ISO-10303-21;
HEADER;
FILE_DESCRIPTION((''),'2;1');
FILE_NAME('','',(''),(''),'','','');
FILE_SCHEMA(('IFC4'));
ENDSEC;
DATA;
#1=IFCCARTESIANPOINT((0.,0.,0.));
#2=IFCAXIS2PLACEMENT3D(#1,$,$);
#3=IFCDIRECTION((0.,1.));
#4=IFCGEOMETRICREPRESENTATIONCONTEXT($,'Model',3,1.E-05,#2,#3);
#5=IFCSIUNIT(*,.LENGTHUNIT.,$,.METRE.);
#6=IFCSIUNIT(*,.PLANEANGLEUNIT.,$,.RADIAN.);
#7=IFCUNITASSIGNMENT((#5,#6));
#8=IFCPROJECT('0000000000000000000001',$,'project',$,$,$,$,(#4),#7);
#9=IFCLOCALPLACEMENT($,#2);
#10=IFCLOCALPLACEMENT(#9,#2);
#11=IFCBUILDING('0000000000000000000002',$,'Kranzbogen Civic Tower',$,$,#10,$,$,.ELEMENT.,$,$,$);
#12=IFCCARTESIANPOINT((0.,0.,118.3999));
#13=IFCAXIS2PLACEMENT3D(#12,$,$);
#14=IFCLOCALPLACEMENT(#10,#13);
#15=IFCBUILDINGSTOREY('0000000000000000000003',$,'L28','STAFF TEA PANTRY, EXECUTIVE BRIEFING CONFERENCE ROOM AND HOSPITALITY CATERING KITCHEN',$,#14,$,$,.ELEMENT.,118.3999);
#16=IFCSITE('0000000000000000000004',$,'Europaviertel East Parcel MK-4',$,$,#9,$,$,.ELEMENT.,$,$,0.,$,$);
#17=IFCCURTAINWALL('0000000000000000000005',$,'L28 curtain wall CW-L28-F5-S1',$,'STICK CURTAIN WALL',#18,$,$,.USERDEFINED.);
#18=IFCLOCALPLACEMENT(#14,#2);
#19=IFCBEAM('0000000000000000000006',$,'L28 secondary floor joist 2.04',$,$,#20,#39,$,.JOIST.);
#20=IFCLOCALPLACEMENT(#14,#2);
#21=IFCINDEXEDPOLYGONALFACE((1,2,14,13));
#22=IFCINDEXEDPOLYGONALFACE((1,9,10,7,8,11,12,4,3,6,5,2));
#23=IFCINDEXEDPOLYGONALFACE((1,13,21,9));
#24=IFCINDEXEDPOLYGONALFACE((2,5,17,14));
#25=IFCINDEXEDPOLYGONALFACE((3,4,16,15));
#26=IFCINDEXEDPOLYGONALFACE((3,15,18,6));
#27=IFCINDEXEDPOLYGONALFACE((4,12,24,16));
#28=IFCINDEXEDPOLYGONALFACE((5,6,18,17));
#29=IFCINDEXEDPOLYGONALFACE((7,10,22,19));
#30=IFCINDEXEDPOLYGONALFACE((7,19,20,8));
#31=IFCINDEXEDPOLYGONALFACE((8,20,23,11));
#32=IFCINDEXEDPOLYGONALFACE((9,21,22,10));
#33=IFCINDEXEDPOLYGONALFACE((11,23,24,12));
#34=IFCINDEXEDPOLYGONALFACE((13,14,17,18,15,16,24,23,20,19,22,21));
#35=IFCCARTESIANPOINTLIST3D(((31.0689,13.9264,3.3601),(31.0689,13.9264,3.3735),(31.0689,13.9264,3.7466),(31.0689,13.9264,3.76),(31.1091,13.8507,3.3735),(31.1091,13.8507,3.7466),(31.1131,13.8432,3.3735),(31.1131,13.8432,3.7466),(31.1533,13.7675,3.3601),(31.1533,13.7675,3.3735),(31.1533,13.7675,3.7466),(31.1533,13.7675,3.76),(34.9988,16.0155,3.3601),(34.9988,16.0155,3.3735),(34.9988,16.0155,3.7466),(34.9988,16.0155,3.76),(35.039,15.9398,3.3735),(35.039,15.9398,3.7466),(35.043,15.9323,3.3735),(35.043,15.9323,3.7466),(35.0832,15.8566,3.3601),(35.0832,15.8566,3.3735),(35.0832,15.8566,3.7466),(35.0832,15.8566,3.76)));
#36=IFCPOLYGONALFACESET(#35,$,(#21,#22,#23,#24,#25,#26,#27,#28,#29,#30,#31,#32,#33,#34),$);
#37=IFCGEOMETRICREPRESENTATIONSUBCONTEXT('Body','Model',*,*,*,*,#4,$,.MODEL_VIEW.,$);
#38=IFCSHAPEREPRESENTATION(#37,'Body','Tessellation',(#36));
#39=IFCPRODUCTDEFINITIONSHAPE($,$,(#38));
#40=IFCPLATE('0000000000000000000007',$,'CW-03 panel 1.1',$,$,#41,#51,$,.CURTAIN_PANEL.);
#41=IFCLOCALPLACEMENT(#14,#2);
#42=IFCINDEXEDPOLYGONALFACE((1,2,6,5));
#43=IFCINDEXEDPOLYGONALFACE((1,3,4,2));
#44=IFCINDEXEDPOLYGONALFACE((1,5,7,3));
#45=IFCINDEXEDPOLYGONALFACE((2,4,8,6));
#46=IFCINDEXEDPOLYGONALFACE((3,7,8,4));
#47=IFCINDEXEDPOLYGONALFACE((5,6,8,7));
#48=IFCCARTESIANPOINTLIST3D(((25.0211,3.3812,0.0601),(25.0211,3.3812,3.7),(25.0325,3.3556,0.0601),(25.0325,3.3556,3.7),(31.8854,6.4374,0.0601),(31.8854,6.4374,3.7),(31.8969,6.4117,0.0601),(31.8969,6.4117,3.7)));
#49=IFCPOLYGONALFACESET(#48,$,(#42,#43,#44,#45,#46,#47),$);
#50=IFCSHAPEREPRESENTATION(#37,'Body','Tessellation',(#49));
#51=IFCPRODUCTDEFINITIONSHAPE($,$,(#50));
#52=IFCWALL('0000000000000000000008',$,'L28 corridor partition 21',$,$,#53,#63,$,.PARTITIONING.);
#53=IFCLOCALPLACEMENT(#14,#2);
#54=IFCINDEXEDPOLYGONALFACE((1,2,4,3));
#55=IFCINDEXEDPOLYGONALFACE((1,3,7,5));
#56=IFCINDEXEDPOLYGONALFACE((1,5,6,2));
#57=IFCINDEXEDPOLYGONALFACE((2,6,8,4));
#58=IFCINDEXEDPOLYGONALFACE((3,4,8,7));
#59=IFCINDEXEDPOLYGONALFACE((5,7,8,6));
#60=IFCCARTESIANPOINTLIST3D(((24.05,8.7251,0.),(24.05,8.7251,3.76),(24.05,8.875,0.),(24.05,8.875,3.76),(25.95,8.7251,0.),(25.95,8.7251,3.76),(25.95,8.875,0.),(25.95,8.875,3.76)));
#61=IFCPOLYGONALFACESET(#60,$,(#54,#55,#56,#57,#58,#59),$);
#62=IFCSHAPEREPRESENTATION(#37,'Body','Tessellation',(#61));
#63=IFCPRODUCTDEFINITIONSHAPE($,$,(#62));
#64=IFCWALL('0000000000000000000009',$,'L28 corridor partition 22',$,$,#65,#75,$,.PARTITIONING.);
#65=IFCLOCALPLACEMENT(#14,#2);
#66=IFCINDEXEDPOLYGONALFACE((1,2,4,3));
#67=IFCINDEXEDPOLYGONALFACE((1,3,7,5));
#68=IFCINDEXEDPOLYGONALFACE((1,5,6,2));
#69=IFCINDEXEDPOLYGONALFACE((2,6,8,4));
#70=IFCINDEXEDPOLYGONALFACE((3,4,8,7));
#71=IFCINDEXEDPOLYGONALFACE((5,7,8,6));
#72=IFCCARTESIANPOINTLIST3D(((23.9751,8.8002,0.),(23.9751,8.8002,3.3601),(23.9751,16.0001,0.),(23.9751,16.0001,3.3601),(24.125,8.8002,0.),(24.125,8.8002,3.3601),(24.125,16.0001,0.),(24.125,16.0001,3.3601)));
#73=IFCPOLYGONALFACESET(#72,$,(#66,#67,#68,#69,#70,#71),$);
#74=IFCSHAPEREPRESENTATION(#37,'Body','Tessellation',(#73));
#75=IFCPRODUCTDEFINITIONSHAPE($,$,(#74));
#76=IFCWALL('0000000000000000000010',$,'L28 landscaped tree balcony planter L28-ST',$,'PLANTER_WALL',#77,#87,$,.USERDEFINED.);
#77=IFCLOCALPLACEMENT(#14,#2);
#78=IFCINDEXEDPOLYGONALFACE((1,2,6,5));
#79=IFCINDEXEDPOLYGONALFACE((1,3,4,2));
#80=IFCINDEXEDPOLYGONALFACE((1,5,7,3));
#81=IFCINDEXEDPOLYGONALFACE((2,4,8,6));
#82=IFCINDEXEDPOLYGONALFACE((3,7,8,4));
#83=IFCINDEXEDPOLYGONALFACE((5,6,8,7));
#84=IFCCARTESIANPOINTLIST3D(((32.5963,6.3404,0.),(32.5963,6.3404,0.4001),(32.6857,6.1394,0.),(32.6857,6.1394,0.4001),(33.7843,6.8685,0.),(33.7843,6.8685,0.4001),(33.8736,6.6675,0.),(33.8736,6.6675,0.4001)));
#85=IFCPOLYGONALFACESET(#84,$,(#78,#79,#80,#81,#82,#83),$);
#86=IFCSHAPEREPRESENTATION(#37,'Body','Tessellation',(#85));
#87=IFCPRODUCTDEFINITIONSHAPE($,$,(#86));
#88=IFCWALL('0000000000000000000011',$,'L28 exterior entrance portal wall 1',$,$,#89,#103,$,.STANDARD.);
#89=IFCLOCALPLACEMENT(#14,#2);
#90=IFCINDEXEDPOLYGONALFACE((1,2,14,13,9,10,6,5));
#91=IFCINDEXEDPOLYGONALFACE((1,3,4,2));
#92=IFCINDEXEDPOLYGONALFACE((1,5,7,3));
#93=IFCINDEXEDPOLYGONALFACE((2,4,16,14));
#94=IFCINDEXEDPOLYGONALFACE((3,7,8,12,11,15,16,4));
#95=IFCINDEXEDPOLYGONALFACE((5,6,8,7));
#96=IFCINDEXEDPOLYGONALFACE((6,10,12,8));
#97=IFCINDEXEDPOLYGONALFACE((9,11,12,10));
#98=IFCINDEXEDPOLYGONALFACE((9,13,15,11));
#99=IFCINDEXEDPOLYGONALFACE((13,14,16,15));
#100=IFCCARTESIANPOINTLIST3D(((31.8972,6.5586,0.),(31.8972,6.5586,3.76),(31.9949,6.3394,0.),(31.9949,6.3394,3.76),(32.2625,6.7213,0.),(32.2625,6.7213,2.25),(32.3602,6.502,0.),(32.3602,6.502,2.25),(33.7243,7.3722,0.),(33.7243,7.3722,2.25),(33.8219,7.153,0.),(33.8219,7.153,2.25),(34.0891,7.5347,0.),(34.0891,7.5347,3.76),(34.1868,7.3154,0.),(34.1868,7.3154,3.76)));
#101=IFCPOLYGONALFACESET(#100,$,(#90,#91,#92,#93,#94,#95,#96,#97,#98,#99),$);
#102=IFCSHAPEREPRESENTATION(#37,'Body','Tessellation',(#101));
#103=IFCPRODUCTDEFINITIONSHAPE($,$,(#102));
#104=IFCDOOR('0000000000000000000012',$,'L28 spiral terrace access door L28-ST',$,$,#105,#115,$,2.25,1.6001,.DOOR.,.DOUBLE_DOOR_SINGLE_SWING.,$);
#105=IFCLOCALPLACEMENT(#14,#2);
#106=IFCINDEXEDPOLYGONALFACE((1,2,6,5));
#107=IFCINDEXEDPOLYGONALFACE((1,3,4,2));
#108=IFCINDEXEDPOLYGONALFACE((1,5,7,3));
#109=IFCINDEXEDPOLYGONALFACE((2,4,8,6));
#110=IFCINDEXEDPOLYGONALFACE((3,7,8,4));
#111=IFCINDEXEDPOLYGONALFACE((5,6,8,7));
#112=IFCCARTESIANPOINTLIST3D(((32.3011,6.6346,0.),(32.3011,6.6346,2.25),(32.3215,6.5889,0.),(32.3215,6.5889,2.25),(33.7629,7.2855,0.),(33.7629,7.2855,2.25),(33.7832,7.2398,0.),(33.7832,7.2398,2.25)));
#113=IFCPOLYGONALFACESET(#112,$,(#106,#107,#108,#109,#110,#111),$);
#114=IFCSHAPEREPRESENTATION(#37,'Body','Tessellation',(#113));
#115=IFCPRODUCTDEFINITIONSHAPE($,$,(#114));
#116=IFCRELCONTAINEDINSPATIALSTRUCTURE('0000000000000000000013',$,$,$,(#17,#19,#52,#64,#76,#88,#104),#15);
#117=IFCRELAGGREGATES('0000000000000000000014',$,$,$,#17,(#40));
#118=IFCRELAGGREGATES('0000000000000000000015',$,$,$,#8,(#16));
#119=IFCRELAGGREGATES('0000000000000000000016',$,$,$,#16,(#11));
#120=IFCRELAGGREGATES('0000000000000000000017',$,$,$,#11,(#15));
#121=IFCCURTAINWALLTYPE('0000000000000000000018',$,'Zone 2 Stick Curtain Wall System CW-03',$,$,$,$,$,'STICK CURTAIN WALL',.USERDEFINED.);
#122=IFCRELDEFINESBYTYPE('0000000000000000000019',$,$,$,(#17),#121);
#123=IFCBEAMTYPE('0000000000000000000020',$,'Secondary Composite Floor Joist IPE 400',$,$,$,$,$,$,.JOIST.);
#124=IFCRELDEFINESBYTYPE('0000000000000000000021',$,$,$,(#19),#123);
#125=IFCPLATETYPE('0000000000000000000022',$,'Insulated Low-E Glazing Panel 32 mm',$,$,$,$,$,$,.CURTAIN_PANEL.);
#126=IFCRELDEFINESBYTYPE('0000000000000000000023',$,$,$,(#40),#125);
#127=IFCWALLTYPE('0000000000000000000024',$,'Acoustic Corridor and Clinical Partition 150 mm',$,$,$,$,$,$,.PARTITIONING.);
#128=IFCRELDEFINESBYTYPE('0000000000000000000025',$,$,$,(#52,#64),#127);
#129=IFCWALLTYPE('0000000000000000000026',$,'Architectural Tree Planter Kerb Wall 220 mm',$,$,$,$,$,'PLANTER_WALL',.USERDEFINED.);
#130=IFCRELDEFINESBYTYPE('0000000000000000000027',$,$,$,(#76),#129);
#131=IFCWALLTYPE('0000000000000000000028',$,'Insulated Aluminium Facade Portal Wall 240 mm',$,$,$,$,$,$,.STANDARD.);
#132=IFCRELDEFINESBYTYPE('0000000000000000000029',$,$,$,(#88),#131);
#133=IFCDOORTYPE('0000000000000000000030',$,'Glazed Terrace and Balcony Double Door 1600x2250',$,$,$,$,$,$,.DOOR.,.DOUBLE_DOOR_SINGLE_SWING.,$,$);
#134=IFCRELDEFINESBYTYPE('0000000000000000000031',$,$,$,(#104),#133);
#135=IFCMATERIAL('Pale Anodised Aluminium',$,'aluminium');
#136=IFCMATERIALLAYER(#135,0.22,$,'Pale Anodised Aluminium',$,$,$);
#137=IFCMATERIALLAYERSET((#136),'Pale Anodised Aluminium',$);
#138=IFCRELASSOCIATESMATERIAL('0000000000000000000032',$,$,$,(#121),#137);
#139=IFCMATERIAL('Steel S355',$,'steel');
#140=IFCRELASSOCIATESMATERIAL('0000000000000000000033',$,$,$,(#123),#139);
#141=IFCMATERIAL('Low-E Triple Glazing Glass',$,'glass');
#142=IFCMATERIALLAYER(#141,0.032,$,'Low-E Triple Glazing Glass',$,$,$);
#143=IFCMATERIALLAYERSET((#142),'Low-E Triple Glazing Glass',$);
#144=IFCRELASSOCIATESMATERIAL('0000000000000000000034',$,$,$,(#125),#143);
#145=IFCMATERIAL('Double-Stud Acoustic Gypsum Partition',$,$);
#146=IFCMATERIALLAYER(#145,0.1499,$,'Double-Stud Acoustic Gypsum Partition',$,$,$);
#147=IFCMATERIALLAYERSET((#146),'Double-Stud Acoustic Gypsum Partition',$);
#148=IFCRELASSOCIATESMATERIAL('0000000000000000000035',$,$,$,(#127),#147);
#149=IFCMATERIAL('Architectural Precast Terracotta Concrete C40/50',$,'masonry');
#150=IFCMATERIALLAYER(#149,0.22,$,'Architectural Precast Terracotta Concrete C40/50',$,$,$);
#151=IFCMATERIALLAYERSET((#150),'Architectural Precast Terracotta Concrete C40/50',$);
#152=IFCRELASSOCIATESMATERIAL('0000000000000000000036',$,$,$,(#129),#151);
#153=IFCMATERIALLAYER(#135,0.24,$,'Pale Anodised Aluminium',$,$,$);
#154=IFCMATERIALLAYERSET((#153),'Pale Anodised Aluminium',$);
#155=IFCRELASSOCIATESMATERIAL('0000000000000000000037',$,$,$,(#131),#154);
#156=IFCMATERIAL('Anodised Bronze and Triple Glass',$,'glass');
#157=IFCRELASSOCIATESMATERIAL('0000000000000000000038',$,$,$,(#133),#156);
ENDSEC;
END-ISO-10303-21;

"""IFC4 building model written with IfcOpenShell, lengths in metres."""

from ifc_helpers import new_model, si_unit, direction, frame, frame_2d, origin, origin_2d, place, context, subcontext, project, spatial, rectangle, i_section, extrude, material, layer, layer_set, material_profile, profile_set, type_object, element, fill, aggregate, save


model = new_model("IFC4")

# Units and contexts
model_context = context("Model", 3, precision=1e-05, world=origin(), true_north=direction((0.0, 1.0)))
body_context = subcontext(model_context, "Body", "Model", "MODEL_VIEW")
ifc_project = project(units=[si_unit("LENGTHUNIT", "METRE"), si_unit("PLANEANGLEUNIT", "RADIAN")], contexts=[model_context])

# Site, building, storey
site_placement = place(None, origin())
site = spatial("IfcSite", under=ifc_project, at=site_placement, Name="Europaviertel East Parcel MK-4", CompositionType="ELEMENT", RefElevation=0.0)
building_placement = place(site_placement, origin())
building = spatial("IfcBuilding", under=site, at=building_placement, Name="Kranzbogen Civic Tower", CompositionType="ELEMENT")
storey_placement = place(building_placement, frame((0.0, 0.0, 118.3999)))
storey = spatial("IfcBuildingStorey", under=building, at=storey_placement, Name="L28", Description="STAFF TEA PANTRY, EXECUTIVE BRIEFING CONFERENCE ROOM AND HOSPITALITY CATERING KITCHEN", CompositionType="ELEMENT", Elevation=118.3999)

# Curtain wall
ifc_material_1 = material(Name="Pale Anodised Aluminium", Category="aluminium")
ifc_layer_1 = layer(ifc_material_1, 0.22, Name="Pale Anodised Aluminium")
ifc_layer_set_1 = layer_set([ifc_layer_1], Name="Pale Anodised Aluminium")
curtain_wall_type = type_object("IfcCurtainWallType", Name="Zone 2 Stick Curtain Wall System CW-03", ElementType="STICK CURTAIN WALL", PredefinedType="USERDEFINED", material=ifc_layer_set_1)
curtain_wall_placement = place(storey_placement, origin())
curtain_wall = element("IfcCurtainWall", 1, at=curtain_wall_placement, inside=storey, type_object=curtain_wall_type, Name="L28 curtain wall CW-L28-F5-S1", ObjectType="STICK CURTAIN WALL", PredefinedType="USERDEFINED")

# Beam
ifc_material_2 = material(Name="Steel S355", Category="steel")
ifc_material_profile_1 = material_profile(ifc_material_2, i_section(OverallWidth=0.1799, OverallDepth=0.3999, WebThickness=0.0085, FlangeThickness=0.0134, at=origin_2d()), Name="IPE 400")
ifc_profile_set_1 = profile_set([ifc_material_profile_1], Name="Steel S355")
beam_type_1 = type_object("IfcBeamType", Name="Secondary Composite Floor Joist IPE 400", PredefinedType="JOIST", material=ifc_profile_set_1)
beam_1_placement = place(storey_placement, frame((31.1111, 13.8469, 3.5601), z_axis=(0.882991, 0.469389, 0.0), x_axis=(-0.469389, 0.882991, 0.0)))
element("IfcBeam", 2, at=beam_1_placement, inside=storey, type_object=beam_type_1, Name="L28 secondary floor joist 2.04", PredefinedType="JOIST", context=body_context, shape_type="SweptSolid", body=[
    extrude(i_section(OverallWidth=0.1799, OverallDepth=0.3999, WebThickness=0.0085, FlangeThickness=0.0134, at=origin_2d()), origin(), (0.0, 0.0, 1.0), 4.4507),
])

# Plate
ifc_material_3 = material(Name="Low-E Triple Glazing Glass", Category="glass")
ifc_layer_2 = layer(ifc_material_3, 0.032, Name="Low-E Triple Glazing Glass")
ifc_layer_set_2 = layer_set([ifc_layer_2], Name="Low-E Triple Glazing Glass")
plate_type = type_object("IfcPlateType", Name="Insulated Low-E Glazing Panel 32 mm", PredefinedType="CURTAIN_PANEL", material=ifc_layer_set_2)
plate_placement = place(storey_placement, frame((28.459, 4.8965, 0.0601), z_axis=(0.0, 0.0, 1.0), x_axis=(0.913547, 0.406734, 0.0)))
plate = element("IfcPlate", 3, at=plate_placement, type_object=plate_type, Name="CW-03 panel 1.1", PredefinedType="CURTAIN_PANEL", context=body_context, shape_type="SweptSolid", body=[
    extrude(rectangle(XDim=7.5139, YDim=0.0281, at=origin_2d()), origin(), (0.0, 0.0, 1.0), 3.6399),
])
aggregate(curtain_wall, [plate])

# Walls
ifc_material_4 = material(Name="Double-Stud Acoustic Gypsum Partition")
ifc_layer_3 = layer(ifc_material_4, 0.1499, Name="Double-Stud Acoustic Gypsum Partition")
ifc_layer_set_3 = layer_set([ifc_layer_3], Name="Double-Stud Acoustic Gypsum Partition")
wall_type_1 = type_object("IfcWallType", Name="Acoustic Corridor and Clinical Partition 150 mm", PredefinedType="PARTITIONING", material=ifc_layer_set_3)
wall_1_placement = place(storey_placement, frame((25.95, 8.8, 0.0), z_axis=(0.0, 0.0, 1.0), x_axis=(-1.0, 0.0, 0.0)))
element("IfcWall", 4, at=wall_1_placement, inside=storey, type_object=wall_type_1, Name="L28 corridor partition 21", PredefinedType="PARTITIONING", context=body_context, shape_type="SweptSolid", body=[
    extrude(rectangle(XDim=1.8999, YDim=0.1499, at=frame_2d((0.95, 0.0))), origin(), (0.0, 0.0, 1.0), 3.76),
])
wall_2_placement = place(storey_placement, frame((24.05, 8.8, 0.0), z_axis=(0.0, 0.0, 1.0), x_axis=(0.0, 1.0, 0.0)))
element("IfcWall", 5, at=wall_2_placement, inside=storey, type_object=wall_type_1, Name="L28 corridor partition 22", PredefinedType="PARTITIONING", context=body_context, shape_type="SweptSolid", body=[
    extrude(rectangle(XDim=7.2, YDim=0.1499, at=frame_2d((3.6001, 0.0))), origin(), (0.0, 0.0, 1.0), 3.3601),
])
ifc_material_5 = material(Name="Architectural Precast Terracotta Concrete C40/50", Category="masonry")
ifc_layer_4 = layer(ifc_material_5, 0.22, Name="Architectural Precast Terracotta Concrete C40/50")
ifc_layer_set_4 = layer_set([ifc_layer_4], Name="Architectural Precast Terracotta Concrete C40/50")
wall_type_2 = type_object("IfcWallType", Name="Architectural Tree Planter Kerb Wall 220 mm", ElementType="PLANTER_WALL", PredefinedType="USERDEFINED", material=ifc_layer_set_4)
wall_3_placement = place(storey_placement, frame((32.6411, 6.24, 0.0), z_axis=(0.0, 0.0, 1.0), x_axis=(0.913788, 0.406191, 0.0)))
element("IfcWall", 6, at=wall_3_placement, inside=storey, type_object=wall_type_2, Name="L28 landscaped tree balcony planter L28-ST", ObjectType="PLANTER_WALL", PredefinedType="USERDEFINED", context=body_context, shape_type="SweptSolid", body=[
    extrude(rectangle(XDim=1.3, YDim=0.22, at=frame_2d((0.6499, 0.0))), origin(), (0.0, 0.0, 1.0), 0.4001),
])

# Wall, opening, door
ifc_layer_5 = layer(ifc_material_1, 0.24, Name="Pale Anodised Aluminium")
ifc_layer_set_5 = layer_set([ifc_layer_5], Name="Pale Anodised Aluminium")
wall_type_3 = type_object("IfcWallType", Name="Insulated Aluminium Facade Portal Wall 240 mm", PredefinedType="STANDARD", material=ifc_layer_set_5)
wall_4_placement = place(storey_placement, frame((31.946, 6.449, 0.0), z_axis=(0.0, 0.0, 1.0), x_axis=(0.913518, 0.406799, 0.0)))
wall_4 = element("IfcWall", 7, at=wall_4_placement, inside=storey, type_object=wall_type_3, Name="L28 exterior entrance portal wall 1", PredefinedType="STANDARD", context=body_context, shape_type="SweptSolid", body=[
    extrude(rectangle(XDim=2.3994, YDim=0.24, at=frame_2d((1.1997, 0.0))), origin(), (0.0, 0.0, 1.0), 3.76),
])
opening_placement = place(wall_4_placement, frame((0.3999, 0.0, 0.0)))
opening = element("IfcOpeningElement", 8, at=opening_placement, cuts=wall_4, PredefinedType="OPENING", context=body_context, shape_type="SweptSolid", body=[
    extrude(rectangle(XDim=1.6001, YDim=2.25, at=frame_2d((0.8, 1.125))), frame((0.0, 0.1299, 0.0), z_axis=(0.0, -1.0, 0.0), x_axis=(1.0, 0.0, 0.0)), (0.0, 0.0, 1.0), 0.26),
])
ifc_material_6 = material(Name="Anodised Bronze and Triple Glass", Category="glass")
door_type = type_object("IfcDoorType", Name="Glazed Terrace and Balcony Double Door 1600x2250", OperationType="DOUBLE_DOOR_SINGLE_SWING", PredefinedType="DOOR", material=ifc_material_6)
door_placement = place(opening_placement, frame((1.6001, 0.0, 0.0), z_axis=(0.0, 0.0, 1.0), x_axis=(-1.0, 0.0, 0.0)))
door = element("IfcDoor", 9, at=door_placement, inside=storey, type_object=door_type, Name="L28 spiral terrace access door L28-ST", OperationType="DOUBLE_DOOR_SINGLE_SWING", OverallHeight=2.25, OverallWidth=1.6001, PredefinedType="DOOR", context=body_context, shape_type="SweptSolid", body=[
    extrude(rectangle(XDim=1.6001, YDim=2.25, at=frame_2d((0.8, 1.125))), frame((0.0, 0.0249, 0.0), z_axis=(0.0, -1.0, 0.0), x_axis=(1.0, 0.0, 0.0)), (0.0, 0.0, 1.0), 0.05),
])
fill(opening, door)

save(model, "model.ifc")
